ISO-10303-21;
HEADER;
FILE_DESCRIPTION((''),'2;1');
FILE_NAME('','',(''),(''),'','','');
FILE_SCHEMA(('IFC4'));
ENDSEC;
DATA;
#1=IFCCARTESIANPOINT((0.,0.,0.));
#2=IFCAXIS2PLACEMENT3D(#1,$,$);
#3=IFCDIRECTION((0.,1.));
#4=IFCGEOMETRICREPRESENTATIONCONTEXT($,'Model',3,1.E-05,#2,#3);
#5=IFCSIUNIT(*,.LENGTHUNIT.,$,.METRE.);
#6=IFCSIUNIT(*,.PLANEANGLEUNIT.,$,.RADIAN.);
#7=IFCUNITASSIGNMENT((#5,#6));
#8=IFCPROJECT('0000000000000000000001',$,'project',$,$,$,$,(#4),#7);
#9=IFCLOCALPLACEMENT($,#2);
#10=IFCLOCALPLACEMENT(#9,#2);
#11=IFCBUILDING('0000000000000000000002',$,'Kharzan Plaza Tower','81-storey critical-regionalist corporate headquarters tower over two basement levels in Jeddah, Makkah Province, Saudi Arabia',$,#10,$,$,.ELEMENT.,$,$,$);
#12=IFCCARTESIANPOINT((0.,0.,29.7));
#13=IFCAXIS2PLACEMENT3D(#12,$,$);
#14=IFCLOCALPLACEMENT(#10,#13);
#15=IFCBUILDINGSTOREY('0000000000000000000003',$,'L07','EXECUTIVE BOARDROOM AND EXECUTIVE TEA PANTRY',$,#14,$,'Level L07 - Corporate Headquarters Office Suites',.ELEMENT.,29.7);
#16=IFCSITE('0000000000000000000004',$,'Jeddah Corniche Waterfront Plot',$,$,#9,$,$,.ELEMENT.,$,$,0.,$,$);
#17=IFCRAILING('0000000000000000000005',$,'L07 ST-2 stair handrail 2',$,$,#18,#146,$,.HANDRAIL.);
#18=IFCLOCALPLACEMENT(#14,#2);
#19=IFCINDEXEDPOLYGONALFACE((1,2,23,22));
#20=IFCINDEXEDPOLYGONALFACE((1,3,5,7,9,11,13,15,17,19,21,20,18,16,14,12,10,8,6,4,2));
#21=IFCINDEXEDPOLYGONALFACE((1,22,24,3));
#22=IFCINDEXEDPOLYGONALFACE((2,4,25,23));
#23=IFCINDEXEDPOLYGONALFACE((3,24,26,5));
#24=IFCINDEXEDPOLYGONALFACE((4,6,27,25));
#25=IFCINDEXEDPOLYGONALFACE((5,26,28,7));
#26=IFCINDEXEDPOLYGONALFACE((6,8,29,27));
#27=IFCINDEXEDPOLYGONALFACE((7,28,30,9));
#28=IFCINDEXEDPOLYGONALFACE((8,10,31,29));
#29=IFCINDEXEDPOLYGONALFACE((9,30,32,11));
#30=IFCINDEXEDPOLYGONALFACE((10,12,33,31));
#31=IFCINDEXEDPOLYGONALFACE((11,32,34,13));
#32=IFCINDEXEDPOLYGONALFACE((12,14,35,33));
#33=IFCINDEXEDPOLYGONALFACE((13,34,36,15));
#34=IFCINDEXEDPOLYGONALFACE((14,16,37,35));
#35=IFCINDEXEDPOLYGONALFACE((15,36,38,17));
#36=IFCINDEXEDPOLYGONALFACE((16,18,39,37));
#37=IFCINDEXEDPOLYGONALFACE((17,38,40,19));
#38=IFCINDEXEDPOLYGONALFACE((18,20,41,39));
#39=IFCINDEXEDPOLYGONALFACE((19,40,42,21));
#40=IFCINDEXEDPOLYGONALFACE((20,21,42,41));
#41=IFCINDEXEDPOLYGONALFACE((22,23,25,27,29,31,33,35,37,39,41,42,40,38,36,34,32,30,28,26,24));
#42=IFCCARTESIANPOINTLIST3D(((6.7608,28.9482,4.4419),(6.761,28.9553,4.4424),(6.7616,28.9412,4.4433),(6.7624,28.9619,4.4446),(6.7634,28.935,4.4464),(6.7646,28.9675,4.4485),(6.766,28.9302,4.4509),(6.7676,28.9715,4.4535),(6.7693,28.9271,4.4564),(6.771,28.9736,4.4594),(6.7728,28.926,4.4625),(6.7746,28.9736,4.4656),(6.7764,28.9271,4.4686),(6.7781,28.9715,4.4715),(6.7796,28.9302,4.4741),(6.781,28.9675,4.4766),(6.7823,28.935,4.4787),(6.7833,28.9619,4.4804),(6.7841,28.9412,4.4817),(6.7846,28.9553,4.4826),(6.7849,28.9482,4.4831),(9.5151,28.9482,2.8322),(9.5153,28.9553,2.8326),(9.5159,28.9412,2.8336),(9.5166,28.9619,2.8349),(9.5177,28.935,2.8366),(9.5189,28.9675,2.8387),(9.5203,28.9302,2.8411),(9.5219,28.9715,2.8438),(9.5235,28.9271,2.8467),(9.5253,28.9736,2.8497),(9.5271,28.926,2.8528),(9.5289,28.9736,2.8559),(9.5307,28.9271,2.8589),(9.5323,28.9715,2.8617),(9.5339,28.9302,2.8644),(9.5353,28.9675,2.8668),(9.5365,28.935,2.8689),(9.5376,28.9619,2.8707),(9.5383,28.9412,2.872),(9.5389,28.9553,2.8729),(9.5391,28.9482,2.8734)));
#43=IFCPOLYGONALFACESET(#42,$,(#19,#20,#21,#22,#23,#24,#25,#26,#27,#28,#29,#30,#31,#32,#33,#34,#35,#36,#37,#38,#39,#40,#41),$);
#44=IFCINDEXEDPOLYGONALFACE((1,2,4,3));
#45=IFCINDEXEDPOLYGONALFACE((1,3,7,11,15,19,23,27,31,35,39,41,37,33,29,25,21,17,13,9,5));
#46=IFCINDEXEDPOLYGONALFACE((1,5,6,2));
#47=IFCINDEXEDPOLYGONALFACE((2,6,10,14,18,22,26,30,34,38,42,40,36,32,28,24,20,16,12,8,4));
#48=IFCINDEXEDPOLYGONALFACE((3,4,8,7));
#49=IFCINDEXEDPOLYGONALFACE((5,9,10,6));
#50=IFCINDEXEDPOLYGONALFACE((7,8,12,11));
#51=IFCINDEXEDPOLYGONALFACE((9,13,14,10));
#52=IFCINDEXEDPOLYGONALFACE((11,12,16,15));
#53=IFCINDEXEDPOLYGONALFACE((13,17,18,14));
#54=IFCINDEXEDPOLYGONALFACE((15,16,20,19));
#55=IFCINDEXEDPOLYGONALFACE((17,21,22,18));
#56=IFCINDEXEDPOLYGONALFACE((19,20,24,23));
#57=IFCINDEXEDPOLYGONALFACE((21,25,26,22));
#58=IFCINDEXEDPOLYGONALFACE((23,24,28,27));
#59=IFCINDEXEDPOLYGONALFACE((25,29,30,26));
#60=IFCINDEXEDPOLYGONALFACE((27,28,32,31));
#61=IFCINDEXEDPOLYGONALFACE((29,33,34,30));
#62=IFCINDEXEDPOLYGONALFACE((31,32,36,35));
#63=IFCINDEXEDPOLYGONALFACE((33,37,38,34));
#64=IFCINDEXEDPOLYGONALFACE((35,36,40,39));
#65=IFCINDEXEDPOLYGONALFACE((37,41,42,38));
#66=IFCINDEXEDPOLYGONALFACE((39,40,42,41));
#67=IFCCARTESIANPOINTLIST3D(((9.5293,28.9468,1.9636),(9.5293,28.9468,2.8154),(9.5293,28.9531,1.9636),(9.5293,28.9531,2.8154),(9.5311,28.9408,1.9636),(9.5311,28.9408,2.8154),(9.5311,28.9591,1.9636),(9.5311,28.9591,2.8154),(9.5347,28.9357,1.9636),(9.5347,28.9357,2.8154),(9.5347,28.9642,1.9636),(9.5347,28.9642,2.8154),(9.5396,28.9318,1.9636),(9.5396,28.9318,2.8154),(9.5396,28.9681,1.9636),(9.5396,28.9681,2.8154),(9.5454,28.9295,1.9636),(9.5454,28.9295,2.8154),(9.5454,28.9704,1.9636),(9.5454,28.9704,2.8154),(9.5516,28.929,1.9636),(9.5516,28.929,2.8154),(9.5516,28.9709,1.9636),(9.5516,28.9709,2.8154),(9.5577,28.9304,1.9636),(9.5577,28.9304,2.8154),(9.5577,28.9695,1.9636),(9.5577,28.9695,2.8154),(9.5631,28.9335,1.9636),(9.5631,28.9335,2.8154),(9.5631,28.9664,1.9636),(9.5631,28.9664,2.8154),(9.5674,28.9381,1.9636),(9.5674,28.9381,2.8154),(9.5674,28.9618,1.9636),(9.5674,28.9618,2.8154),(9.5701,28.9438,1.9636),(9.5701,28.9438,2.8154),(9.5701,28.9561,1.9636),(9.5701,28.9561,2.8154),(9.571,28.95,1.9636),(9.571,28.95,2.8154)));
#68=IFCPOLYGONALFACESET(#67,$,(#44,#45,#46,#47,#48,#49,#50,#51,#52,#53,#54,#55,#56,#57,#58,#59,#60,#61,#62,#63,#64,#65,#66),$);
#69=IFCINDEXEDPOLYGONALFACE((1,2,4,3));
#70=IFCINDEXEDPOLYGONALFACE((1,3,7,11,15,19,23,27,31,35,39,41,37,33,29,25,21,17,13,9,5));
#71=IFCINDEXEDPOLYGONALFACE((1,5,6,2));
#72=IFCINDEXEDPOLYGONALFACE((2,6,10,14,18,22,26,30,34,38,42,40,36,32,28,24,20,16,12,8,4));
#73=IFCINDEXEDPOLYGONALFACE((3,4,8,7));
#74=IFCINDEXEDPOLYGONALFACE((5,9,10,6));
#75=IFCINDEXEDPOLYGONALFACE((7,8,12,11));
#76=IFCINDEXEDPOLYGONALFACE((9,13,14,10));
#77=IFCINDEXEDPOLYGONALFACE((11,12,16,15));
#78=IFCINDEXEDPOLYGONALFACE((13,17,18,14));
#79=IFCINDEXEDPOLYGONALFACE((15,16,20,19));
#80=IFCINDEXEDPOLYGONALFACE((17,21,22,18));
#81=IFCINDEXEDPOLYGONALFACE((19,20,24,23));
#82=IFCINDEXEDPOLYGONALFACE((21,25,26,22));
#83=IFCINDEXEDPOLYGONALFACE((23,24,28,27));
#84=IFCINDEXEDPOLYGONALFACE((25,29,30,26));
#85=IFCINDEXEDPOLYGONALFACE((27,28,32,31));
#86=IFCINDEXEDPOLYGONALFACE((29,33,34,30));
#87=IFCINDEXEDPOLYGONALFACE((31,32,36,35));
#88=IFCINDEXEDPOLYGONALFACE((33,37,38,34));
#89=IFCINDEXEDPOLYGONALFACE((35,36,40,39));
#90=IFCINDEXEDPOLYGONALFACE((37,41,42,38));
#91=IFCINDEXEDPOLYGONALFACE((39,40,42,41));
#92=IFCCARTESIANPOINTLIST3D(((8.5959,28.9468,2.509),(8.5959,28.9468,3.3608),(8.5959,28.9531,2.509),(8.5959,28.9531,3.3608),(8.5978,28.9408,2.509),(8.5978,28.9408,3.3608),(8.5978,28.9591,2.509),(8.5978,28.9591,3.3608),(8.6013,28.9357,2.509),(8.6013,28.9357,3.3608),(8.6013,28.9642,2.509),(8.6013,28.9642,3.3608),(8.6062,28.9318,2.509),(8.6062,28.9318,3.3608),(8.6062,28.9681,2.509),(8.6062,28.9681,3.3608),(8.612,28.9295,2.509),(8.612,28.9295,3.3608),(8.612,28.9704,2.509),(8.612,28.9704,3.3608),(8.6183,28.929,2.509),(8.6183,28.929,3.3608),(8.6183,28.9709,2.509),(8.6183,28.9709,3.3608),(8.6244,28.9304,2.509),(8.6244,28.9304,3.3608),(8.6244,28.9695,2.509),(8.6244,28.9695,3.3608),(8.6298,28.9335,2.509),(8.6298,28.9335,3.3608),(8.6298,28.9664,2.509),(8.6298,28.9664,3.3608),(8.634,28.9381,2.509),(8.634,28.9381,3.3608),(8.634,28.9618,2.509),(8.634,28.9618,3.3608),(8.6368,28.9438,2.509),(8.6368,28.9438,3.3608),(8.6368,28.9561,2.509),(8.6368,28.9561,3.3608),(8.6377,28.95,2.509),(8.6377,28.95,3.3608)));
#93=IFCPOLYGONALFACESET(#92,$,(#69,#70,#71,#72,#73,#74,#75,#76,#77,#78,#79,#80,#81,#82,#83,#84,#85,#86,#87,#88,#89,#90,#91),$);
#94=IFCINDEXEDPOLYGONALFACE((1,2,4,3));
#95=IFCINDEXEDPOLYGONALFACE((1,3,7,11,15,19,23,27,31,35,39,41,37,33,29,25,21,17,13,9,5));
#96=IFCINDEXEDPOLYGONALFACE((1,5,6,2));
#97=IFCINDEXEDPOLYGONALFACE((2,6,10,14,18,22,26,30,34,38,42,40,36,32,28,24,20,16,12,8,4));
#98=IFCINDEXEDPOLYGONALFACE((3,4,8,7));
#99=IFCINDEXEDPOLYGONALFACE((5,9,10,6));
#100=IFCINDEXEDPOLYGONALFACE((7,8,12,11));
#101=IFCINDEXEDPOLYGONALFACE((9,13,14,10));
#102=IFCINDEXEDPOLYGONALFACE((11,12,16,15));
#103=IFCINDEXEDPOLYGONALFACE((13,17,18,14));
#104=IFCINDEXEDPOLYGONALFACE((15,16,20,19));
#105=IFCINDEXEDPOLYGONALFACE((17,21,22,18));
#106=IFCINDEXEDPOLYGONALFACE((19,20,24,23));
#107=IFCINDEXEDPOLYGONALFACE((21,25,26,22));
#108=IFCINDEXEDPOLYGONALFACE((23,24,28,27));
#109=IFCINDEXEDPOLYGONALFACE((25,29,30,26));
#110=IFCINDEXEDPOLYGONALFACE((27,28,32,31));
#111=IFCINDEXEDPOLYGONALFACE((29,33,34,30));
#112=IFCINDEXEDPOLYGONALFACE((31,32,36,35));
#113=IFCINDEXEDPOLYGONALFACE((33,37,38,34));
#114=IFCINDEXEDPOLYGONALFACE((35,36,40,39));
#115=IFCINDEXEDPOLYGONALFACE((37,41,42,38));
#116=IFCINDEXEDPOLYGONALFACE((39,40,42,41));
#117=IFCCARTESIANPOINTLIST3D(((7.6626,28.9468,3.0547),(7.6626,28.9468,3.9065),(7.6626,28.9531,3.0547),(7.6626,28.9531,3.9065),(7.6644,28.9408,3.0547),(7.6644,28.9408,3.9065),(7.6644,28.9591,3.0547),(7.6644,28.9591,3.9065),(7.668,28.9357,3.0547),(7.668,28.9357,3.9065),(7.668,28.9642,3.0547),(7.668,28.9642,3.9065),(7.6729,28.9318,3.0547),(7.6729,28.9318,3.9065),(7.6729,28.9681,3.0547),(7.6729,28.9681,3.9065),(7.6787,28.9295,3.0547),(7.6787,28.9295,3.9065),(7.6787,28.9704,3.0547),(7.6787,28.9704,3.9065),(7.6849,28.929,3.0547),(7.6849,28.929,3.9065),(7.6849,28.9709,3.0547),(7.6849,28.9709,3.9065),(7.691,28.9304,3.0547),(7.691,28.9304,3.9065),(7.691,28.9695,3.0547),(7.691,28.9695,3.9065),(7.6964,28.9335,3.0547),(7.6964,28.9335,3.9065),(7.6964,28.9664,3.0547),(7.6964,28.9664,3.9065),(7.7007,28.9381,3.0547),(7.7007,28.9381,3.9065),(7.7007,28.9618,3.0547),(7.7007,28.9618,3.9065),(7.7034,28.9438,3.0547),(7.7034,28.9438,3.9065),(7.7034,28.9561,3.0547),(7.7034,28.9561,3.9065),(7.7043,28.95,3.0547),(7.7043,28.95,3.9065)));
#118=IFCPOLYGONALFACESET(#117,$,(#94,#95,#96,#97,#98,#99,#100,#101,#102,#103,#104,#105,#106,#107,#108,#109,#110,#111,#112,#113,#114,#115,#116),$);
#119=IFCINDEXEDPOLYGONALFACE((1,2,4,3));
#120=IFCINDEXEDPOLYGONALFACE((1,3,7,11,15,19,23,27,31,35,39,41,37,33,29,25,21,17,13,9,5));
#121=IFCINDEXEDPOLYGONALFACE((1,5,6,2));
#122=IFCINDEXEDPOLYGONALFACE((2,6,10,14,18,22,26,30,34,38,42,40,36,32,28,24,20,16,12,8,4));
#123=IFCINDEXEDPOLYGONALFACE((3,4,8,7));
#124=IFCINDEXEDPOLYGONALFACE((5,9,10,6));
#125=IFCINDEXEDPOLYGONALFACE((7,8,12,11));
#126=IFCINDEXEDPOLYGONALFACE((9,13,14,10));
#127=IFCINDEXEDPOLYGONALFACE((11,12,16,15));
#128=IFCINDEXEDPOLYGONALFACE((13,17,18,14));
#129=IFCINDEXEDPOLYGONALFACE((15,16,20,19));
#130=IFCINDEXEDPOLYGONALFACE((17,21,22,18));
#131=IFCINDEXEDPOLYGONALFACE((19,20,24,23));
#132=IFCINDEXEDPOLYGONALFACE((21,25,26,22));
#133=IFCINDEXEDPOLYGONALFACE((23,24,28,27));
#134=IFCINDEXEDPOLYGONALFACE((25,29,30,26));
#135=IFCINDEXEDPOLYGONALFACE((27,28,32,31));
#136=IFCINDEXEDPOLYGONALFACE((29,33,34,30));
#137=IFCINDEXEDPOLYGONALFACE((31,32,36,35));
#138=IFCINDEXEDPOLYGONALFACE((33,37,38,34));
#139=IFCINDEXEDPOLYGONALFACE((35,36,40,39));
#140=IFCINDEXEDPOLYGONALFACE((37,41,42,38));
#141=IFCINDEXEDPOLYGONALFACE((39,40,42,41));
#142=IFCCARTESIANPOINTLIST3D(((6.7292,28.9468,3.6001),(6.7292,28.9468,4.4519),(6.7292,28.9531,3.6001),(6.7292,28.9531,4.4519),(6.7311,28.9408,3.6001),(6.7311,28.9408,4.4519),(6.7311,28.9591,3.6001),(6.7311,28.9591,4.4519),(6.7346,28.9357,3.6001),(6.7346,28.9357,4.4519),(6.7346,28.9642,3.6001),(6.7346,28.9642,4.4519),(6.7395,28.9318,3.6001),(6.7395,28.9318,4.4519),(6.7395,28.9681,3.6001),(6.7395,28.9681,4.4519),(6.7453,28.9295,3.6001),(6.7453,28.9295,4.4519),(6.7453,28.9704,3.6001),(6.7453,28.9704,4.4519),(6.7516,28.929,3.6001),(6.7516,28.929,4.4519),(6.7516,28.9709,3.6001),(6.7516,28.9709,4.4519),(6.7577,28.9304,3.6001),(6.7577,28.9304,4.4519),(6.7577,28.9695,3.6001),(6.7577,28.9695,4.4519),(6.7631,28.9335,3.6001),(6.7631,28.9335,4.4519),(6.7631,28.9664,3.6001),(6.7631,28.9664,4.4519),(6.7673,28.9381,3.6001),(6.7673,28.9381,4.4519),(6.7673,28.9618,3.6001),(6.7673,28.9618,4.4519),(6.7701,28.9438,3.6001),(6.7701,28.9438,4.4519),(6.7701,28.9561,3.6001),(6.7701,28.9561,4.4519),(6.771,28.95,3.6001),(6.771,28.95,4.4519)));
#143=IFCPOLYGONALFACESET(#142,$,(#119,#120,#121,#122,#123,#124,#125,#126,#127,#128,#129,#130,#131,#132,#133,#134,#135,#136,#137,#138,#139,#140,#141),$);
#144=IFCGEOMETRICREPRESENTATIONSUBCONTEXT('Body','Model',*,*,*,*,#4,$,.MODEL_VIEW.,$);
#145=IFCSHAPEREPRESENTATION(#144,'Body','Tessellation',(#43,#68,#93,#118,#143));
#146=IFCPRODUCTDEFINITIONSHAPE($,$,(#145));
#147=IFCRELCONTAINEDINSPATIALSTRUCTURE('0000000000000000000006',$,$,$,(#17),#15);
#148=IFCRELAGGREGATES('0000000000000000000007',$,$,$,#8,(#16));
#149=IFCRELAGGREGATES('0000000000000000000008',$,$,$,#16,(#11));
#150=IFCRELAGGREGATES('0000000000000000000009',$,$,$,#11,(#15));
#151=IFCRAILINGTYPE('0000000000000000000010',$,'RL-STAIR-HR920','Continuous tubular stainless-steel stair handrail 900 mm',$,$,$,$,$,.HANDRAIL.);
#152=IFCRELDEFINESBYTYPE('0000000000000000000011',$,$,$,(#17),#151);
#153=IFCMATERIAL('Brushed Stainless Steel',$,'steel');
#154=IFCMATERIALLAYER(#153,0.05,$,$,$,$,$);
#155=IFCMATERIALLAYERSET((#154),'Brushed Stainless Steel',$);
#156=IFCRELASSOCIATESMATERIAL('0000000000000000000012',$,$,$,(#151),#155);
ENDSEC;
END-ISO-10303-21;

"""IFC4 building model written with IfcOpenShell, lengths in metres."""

from ifc_helpers import new_model, si_unit, direction, frame, origin, origin_2d, place, context, subcontext, project, spatial, circle, extrude, source, transform, mapped, material, layer, layer_set, type_object, element, save


model = new_model("IFC4")

# Units and contexts
model_context = context("Model", 3, precision=1e-05, world=origin(), true_north=direction((0.0, 1.0)))
body_context = subcontext(model_context, "Body", "Model", "MODEL_VIEW")
ifc_project = project(units=[si_unit("LENGTHUNIT", "METRE"), si_unit("PLANEANGLEUNIT", "RADIAN")], contexts=[model_context])

# Site, building, storey
site_placement = place(None, origin())
site = spatial("IfcSite", under=ifc_project, at=site_placement, Name="Jeddah Corniche Waterfront Plot", CompositionType="ELEMENT", RefElevation=0.0)
building_placement = place(site_placement, origin())
building = spatial("IfcBuilding", under=site, at=building_placement, Name="Kharzan Plaza Tower", Description="81-storey critical-regionalist corporate headquarters tower over two basement levels in Jeddah, Makkah Province, Saudi Arabia", CompositionType="ELEMENT")
storey_placement = place(building_placement, frame((0.0, 0.0, 29.7)))
storey = spatial("IfcBuildingStorey", under=building, at=storey_placement, Name="L07", Description="EXECUTIVE BOARDROOM AND EXECUTIVE TEA PANTRY", LongName="Level L07 - Corporate Headquarters Office Suites", CompositionType="ELEMENT", Elevation=29.7)

# Shared definitions
ifc_material_1 = material(Name="Brushed Stainless Steel", Category="steel")

# Railing
ifc_layer_1 = layer(ifc_material_1, 0.05)
ifc_layer_set_1 = layer_set([ifc_layer_1], Name="Brushed Stainless Steel")
railing_type_1 = type_object("IfcRailingType", Name="RL-STAIR-HR920", Description="Continuous tubular stainless-steel stair handrail 900 mm", PredefinedType="HANDRAIL", material=ifc_layer_set_1)
shared_shape_1 = source(origin(), body_context, "Body", "SweptSolid", [
    extrude(circle(Radius=0.0239, at=origin_2d()), frame((-0.0229, 0.0, 0.8892), z_axis=(-0.863361, 0.0, 0.504587), x_axis=(0.0, -1.0, 0.0)), (0.0, 0.0, 1.0), 3.1902),
    extrude(circle(Radius=0.021, at=origin_2d()), origin(), (0.0, 0.0, 1.0), 0.8518),
    extrude(circle(Radius=0.021, at=origin_2d()), frame((-0.9333, 0.0, 0.5454)), (0.0, 0.0, 1.0), 0.8518),
    extrude(circle(Radius=0.021, at=origin_2d()), frame((-1.8667, 0.0, 1.0911)), (0.0, 0.0, 1.0), 0.8518),
    extrude(circle(Radius=0.021, at=origin_2d()), frame((-2.8, 0.0, 1.6365)), (0.0, 0.0, 1.0), 0.8518),
])
railing_1_placement = place(storey_placement, frame((9.55, 28.95, 1.9636)))
element("IfcRailing", 1, at=railing_1_placement, inside=storey, type_object=railing_type_1, Name="L07 ST-2 stair handrail 2", PredefinedType="HANDRAIL", context=body_context, shape_type="MappedRepresentation", body=[
    mapped(shared_shape_1, transform((0.0, 0.0, 0.0), x_axis=(1.0, 0.0, 0.0), y_axis=(0.0, 1.0, 0.0), z_axis=(0.0, 0.0, 1.0))),
])

save(model, "model.ifc")
